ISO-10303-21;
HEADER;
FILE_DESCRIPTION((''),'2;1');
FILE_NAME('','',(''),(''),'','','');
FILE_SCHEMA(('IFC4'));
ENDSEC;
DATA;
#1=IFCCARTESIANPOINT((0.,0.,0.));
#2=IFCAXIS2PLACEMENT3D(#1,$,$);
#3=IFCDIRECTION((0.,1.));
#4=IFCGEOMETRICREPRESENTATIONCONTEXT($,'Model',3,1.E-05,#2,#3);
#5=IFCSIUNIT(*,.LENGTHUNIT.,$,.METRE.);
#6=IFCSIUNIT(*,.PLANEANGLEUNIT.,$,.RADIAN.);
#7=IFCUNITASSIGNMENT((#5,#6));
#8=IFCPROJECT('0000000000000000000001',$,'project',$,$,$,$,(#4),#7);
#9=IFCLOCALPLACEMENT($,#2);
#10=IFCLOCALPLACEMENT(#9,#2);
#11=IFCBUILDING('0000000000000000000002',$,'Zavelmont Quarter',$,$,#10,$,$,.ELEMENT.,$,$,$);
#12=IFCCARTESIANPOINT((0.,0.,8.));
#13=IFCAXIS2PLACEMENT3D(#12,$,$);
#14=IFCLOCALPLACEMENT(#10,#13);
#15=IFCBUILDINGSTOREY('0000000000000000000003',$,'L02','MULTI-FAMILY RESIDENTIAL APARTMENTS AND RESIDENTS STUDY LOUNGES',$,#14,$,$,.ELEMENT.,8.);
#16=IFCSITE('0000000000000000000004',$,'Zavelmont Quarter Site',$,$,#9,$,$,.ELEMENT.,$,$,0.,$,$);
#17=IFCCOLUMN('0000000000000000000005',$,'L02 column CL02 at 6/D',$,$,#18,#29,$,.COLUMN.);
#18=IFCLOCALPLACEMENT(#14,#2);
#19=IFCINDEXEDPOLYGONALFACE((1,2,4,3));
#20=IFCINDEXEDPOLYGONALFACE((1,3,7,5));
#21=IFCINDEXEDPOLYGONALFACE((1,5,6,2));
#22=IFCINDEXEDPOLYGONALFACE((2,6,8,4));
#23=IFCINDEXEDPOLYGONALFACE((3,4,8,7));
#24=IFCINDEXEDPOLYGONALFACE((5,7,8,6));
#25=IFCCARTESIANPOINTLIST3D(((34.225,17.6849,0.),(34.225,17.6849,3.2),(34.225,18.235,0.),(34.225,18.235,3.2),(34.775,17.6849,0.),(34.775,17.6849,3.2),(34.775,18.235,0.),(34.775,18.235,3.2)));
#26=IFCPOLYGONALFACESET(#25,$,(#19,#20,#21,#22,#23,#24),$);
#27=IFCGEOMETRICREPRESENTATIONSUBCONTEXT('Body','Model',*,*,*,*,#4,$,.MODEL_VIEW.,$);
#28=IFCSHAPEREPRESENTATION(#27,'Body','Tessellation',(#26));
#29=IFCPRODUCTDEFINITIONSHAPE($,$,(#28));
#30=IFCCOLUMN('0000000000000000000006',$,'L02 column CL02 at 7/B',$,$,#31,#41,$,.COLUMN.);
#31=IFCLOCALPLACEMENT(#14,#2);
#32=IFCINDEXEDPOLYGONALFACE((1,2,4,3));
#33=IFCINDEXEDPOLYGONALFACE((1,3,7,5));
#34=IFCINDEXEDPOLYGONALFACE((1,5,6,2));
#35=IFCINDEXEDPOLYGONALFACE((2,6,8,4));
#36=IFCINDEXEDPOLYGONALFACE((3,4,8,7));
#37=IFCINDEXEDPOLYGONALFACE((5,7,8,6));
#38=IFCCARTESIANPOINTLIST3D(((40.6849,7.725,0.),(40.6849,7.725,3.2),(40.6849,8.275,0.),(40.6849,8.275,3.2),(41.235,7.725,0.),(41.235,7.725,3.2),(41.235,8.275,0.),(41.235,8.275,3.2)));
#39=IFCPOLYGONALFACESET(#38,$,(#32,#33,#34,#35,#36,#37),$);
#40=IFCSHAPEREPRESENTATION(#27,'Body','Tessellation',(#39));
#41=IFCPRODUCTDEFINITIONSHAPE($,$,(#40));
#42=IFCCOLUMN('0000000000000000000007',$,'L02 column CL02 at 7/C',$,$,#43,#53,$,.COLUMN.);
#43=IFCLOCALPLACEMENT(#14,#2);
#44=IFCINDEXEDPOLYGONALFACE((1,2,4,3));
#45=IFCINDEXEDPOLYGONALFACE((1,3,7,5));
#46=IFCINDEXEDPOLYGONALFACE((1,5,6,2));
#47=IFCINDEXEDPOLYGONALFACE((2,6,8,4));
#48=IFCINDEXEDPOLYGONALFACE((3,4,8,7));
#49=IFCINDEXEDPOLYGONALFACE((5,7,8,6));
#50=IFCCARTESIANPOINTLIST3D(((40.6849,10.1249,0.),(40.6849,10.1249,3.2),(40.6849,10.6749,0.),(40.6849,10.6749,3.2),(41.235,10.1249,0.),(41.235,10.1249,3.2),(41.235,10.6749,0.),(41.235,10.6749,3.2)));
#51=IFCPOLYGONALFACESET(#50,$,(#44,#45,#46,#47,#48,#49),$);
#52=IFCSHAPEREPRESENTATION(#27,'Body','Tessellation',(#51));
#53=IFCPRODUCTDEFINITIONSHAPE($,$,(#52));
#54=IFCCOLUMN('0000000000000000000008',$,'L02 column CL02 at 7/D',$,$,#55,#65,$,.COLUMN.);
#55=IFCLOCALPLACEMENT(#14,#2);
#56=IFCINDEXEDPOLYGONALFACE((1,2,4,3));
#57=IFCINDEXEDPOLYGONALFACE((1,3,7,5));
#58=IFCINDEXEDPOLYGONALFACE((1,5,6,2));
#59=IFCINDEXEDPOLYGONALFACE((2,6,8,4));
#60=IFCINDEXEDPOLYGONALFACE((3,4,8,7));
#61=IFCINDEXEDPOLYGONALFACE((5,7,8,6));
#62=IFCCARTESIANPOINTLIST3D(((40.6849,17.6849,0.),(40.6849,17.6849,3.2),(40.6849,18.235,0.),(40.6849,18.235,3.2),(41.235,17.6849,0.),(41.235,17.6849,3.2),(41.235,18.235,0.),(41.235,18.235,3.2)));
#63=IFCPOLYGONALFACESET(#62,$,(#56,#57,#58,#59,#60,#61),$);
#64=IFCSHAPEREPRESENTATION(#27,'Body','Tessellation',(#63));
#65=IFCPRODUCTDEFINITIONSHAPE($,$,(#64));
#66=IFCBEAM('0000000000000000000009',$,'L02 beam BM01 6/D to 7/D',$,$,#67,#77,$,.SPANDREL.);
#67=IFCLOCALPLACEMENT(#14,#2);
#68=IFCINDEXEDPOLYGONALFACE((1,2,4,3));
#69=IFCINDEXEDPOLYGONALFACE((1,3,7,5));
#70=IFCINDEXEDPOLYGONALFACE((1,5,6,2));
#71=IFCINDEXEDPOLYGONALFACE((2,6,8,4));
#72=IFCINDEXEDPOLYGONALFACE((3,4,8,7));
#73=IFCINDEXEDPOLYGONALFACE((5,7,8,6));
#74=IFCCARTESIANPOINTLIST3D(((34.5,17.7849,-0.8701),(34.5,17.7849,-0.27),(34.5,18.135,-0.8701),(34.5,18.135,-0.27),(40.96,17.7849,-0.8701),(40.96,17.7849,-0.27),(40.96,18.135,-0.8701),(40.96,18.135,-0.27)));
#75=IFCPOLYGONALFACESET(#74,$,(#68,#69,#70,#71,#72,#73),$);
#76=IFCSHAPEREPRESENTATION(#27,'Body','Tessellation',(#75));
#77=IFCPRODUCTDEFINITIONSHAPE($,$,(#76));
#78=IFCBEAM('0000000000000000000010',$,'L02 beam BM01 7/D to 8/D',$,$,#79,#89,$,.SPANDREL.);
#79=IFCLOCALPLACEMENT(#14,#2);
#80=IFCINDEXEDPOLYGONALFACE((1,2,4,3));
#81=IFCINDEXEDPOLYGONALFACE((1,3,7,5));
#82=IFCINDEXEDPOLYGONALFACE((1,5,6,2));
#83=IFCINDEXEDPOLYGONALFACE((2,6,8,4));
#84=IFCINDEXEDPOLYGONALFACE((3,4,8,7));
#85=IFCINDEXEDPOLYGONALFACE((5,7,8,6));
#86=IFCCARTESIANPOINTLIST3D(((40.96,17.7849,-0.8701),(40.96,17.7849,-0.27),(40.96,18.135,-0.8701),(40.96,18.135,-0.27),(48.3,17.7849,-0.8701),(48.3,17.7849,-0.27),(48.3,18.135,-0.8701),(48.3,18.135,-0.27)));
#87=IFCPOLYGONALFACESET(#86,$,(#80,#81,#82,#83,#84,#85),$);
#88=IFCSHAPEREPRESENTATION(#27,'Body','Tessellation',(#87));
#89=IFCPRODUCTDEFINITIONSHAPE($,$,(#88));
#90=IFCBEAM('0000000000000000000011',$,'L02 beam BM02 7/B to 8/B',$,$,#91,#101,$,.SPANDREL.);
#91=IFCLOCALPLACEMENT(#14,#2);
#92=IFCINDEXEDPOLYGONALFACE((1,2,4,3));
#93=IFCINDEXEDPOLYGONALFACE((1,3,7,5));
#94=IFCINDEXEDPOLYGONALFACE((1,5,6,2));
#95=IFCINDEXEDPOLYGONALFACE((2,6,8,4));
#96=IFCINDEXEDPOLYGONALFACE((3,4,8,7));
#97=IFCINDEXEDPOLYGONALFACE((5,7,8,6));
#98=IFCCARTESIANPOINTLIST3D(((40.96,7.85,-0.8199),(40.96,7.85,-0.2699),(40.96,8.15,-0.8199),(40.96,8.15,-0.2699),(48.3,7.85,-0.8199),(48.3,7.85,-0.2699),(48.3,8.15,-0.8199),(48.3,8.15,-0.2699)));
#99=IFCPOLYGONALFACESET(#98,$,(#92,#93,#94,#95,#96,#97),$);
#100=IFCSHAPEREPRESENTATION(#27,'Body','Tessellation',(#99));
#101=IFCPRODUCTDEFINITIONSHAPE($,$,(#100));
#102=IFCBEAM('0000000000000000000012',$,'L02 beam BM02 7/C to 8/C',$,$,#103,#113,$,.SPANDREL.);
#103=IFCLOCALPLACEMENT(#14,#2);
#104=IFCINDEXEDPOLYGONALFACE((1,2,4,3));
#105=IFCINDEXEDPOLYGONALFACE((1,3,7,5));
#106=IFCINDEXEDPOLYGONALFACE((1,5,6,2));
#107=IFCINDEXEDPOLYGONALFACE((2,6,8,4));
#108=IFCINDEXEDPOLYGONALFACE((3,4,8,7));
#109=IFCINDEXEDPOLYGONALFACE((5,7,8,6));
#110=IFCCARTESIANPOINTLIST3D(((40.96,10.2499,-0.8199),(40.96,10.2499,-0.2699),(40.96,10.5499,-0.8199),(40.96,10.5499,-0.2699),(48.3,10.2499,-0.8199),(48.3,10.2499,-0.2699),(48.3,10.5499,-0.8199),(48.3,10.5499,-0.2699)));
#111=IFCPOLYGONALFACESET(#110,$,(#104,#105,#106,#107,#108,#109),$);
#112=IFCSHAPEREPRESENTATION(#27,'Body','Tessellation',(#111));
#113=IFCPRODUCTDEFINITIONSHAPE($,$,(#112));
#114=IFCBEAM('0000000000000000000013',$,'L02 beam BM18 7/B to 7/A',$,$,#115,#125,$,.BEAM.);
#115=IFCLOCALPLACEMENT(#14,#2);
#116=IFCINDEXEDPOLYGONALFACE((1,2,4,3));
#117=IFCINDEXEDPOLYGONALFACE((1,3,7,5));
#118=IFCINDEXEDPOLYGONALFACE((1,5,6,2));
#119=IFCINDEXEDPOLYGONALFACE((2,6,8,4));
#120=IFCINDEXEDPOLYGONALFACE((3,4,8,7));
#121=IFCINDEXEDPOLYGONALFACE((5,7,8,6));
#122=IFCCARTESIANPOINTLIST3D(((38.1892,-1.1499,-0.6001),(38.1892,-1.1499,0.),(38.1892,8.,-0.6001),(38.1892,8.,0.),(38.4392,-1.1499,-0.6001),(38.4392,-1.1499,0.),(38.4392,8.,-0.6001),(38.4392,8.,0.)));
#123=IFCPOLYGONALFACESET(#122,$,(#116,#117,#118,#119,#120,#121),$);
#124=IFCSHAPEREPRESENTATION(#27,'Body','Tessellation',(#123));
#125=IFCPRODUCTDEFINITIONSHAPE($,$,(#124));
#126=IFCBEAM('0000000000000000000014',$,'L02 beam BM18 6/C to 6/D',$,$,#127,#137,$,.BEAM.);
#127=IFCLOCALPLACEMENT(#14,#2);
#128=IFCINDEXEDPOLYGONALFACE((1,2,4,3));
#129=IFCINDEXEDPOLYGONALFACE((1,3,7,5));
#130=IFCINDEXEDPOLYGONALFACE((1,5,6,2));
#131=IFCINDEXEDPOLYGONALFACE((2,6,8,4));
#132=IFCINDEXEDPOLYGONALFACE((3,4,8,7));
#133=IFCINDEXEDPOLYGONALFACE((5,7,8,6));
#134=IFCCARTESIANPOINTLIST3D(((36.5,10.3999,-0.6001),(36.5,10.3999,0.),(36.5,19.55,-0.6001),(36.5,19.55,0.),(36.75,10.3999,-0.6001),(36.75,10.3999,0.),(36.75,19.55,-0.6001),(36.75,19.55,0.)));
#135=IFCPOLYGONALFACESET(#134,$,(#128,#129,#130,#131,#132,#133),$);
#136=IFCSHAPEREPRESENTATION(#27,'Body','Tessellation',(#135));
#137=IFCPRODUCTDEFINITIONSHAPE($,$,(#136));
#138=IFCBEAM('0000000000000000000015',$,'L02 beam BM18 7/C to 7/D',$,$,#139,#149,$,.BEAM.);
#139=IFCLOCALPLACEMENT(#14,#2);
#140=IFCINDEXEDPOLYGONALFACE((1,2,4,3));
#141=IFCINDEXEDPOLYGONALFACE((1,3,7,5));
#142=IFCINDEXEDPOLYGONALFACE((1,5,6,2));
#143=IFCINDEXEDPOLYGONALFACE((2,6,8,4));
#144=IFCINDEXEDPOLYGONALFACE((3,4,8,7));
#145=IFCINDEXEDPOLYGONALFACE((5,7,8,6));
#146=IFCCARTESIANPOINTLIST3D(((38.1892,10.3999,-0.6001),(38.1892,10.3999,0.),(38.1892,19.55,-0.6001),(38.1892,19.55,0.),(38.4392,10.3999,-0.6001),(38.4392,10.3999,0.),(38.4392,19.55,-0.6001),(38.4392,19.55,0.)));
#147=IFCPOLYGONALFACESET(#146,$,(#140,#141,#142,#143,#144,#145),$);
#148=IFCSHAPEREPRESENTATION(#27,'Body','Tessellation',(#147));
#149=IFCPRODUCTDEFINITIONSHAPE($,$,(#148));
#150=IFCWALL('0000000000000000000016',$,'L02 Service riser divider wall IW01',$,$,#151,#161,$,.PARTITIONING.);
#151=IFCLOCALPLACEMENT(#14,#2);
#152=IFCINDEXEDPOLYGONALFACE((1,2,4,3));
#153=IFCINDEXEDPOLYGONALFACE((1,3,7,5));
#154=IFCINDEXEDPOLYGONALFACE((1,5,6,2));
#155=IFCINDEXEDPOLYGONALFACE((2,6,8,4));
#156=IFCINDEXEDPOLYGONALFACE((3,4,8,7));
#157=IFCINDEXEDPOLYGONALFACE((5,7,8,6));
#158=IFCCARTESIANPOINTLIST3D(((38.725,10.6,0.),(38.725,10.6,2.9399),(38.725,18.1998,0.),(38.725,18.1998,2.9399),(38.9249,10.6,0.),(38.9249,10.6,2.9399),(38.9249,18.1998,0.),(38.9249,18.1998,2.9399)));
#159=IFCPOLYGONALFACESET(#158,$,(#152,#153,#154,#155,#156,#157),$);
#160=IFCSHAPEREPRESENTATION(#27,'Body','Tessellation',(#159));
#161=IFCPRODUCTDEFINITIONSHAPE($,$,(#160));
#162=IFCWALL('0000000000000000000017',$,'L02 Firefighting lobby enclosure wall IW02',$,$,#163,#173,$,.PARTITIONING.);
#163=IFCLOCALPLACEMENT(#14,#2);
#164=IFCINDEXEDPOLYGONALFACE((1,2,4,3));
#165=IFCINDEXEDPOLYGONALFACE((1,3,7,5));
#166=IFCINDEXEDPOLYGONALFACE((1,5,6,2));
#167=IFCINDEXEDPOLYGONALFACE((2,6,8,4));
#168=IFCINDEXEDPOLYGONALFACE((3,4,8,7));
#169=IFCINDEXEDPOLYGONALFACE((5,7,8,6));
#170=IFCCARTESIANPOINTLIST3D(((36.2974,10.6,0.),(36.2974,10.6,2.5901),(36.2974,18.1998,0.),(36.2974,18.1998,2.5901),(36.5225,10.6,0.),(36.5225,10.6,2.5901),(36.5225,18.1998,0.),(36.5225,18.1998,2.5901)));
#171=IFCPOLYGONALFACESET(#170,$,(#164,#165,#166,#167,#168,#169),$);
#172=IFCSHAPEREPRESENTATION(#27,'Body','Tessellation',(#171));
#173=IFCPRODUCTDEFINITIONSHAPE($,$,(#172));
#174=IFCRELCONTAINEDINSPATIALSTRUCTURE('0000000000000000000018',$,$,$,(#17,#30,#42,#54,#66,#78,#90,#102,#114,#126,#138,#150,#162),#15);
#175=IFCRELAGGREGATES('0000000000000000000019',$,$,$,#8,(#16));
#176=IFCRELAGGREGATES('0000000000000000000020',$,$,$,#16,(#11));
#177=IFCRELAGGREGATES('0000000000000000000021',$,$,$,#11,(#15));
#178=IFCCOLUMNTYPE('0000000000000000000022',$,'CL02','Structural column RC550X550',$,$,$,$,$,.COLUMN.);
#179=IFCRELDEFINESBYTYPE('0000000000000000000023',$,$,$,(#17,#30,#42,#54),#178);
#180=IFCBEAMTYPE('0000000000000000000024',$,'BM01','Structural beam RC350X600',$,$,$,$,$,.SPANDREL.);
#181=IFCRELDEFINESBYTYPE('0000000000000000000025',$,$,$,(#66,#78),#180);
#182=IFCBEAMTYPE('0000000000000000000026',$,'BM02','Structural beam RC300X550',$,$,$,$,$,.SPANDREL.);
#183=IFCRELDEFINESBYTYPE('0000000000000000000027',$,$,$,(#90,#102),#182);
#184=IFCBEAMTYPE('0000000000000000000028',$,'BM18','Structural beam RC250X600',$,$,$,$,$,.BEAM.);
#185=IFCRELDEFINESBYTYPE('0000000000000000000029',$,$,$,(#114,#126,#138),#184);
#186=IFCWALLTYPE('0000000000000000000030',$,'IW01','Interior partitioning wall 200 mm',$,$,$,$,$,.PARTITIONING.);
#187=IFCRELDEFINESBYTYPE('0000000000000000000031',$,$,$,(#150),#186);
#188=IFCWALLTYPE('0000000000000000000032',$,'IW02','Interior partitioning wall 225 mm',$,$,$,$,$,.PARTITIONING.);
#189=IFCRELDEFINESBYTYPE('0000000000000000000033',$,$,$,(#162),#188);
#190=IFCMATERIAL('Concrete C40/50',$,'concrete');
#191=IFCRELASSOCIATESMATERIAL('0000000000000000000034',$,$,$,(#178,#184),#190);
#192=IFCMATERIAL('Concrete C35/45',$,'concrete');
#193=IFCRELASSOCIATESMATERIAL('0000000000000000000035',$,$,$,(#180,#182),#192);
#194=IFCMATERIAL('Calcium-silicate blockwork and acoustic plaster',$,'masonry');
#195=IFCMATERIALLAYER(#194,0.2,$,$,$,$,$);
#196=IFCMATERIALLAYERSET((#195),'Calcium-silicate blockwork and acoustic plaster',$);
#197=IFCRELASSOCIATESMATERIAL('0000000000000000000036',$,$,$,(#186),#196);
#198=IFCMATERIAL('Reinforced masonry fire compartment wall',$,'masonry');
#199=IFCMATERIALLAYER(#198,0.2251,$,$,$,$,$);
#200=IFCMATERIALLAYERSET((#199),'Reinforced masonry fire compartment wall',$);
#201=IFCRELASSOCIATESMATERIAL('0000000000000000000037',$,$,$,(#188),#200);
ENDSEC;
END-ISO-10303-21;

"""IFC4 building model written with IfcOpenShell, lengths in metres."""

from ifc_helpers import new_model, si_unit, direction, frame, frame_2d, origin, origin_2d, place, context, subcontext, project, spatial, rectangle, extrude, material, layer, layer_set, material_profile, profile_set, type_object, element, save


model = new_model("IFC4")

# Units and contexts
model_context = context("Model", 3, precision=1e-05, world=origin(), true_north=direction((0.0, 1.0)))
body_context = subcontext(model_context, "Body", "Model", "MODEL_VIEW")
ifc_project = project(units=[si_unit("LENGTHUNIT", "METRE"), si_unit("PLANEANGLEUNIT", "RADIAN")], contexts=[model_context])

# Site, building, storey
site_placement = place(None, origin())
site = spatial("IfcSite", under=ifc_project, at=site_placement, Name="Zavelmont Quarter Site", CompositionType="ELEMENT", RefElevation=0.0)
building_placement = place(site_placement, origin())
building = spatial("IfcBuilding", under=site, at=building_placement, Name="Zavelmont Quarter", CompositionType="ELEMENT")
storey_placement = place(building_placement, frame((0.0, 0.0, 8.0)))
storey = spatial("IfcBuildingStorey", under=building, at=storey_placement, Name="L02", Description="MULTI-FAMILY RESIDENTIAL APARTMENTS AND RESIDENTS STUDY LOUNGES", CompositionType="ELEMENT", Elevation=8.0)

# Columns
ifc_material_1 = material(Name="Concrete C40/50", Category="concrete")
ifc_material_profile_1 = material_profile(ifc_material_1, rectangle(XDim=0.55, YDim=0.55, at=origin_2d()), Name="RC550X550")
ifc_profile_set_1 = profile_set([ifc_material_profile_1], Name="Concrete C40/50")
column_type = type_object("IfcColumnType", Name="CL02", Description="Structural column RC550X550", PredefinedType="COLUMN", material=ifc_profile_set_1)
for number, where, z_axis, x_axis, name in (
    (1, (34.5, 17.96, 0.0), (0.0, 0.0, 1.0), (1.0, 0.0, 0.0), "L02 column CL02 at 6/D"),
    (2, (40.96, 8.0, 0.0), (0.0, 0.0, 1.0), (1.0, 0.0, 0.0), "L02 column CL02 at 7/B"),
    (3, (40.96, 10.3999, 0.0), (0.0, 0.0, 1.0), (1.0, 0.0, 0.0), "L02 column CL02 at 7/C"),
    (4, (40.96, 17.96, 0.0), (0.0, 0.0, 1.0), (1.0, 0.0, 0.0), "L02 column CL02 at 7/D"),
):
    element("IfcColumn", number, at=place(storey_placement, frame(where, z_axis=z_axis, x_axis=x_axis)), inside=storey, type_object=column_type, Name=name, PredefinedType="COLUMN", context=body_context, shape_type="SweptSolid", body=[
        extrude(rectangle(XDim=0.55, YDim=0.55, at=origin_2d()), origin(), (0.0, 0.0, 1.0), 3.2),
    ])

# Beams
ifc_material_2 = material(Name="Concrete C35/45", Category="concrete")
ifc_material_profile_2 = material_profile(ifc_material_2, rectangle(XDim=0.3501, YDim=0.6001, at=origin_2d()), Name="RC350X600")
ifc_profile_set_2 = profile_set([ifc_material_profile_2], Name="Concrete C35/45")
beam_type_1 = type_object("IfcBeamType", Name="BM01", Description="Structural beam RC350X600", PredefinedType="SPANDREL", material=ifc_profile_set_2)
beam_1_placement = place(storey_placement, frame((34.5, 17.96, -0.5701), z_axis=(1.0, 0.0, 0.0), x_axis=(0.0, 1.0, 0.0)))
element("IfcBeam", 5, at=beam_1_placement, inside=storey, type_object=beam_type_1, Name="L02 beam BM01 6/D to 7/D", PredefinedType="SPANDREL", context=body_context, shape_type="SweptSolid", body=[
    extrude(rectangle(XDim=0.3501, YDim=0.6001, at=origin_2d()), origin(), (0.0, 0.0, 1.0), 6.46),
])
beam_2_placement = place(storey_placement, frame((40.96, 17.96, -0.5701), z_axis=(1.0, 0.0, 0.0), x_axis=(0.0, 1.0, 0.0)))
element("IfcBeam", 6, at=beam_2_placement, inside=storey, type_object=beam_type_1, Name="L02 beam BM01 7/D to 8/D", PredefinedType="SPANDREL", context=body_context, shape_type="SweptSolid", body=[
    extrude(rectangle(XDim=0.3501, YDim=0.6001, at=origin_2d()), origin(), (0.0, 0.0, 1.0), 7.3401),
])
ifc_material_profile_3 = material_profile(ifc_material_2, rectangle(XDim=0.3, YDim=0.55, at=origin_2d()), Name="RC300X550")
ifc_profile_set_3 = profile_set([ifc_material_profile_3], Name="Concrete C35/45")
beam_type_2 = type_object("IfcBeamType", Name="BM02", Description="Structural beam RC300X550", PredefinedType="SPANDREL", material=ifc_profile_set_3)
for number, where, z_axis, x_axis, name in (
    (7, (40.96, 8.0, -0.5449), (1.0, 0.0, 0.0), (0.0, 1.0, 0.0), "L02 beam BM02 7/B to 8/B"),
    (8, (40.96, 10.3999, -0.5449), (1.0, 0.0, 0.0), (0.0, 1.0, 0.0), "L02 beam BM02 7/C to 8/C"),
):
    element("IfcBeam", number, at=place(storey_placement, frame(where, z_axis=z_axis, x_axis=x_axis)), inside=storey, type_object=beam_type_2, Name=name, PredefinedType="SPANDREL", context=body_context, shape_type="SweptSolid", body=[
        extrude(rectangle(XDim=0.3, YDim=0.55, at=origin_2d()), origin(), (0.0, 0.0, 1.0), 7.3401),
    ])
ifc_material_profile_4 = material_profile(ifc_material_1, rectangle(XDim=0.25, YDim=0.6001, at=origin_2d()), Name="RC250X600")
ifc_profile_set_4 = profile_set([ifc_material_profile_4], Name="Concrete C40/50")
beam_type_3 = type_object("IfcBeamType", Name="BM18", Description="Structural beam RC250X600", PredefinedType="BEAM", material=ifc_profile_set_4)
beam_3_placement = place(storey_placement, frame((38.3142, 8.0, -0.3), z_axis=(0.0, -1.0, 0.0), x_axis=(1.0, 0.0, 0.0)))
element("IfcBeam", 9, at=beam_3_placement, inside=storey, type_object=beam_type_3, Name="L02 beam BM18 7/B to 7/A", PredefinedType="BEAM", context=body_context, shape_type="SweptSolid", body=[
    extrude(rectangle(XDim=0.25, YDim=0.6001, at=origin_2d()), origin(), (0.0, 0.0, 1.0), 9.1499),
])
for number, where, z_axis, x_axis, name in (
    (10, (36.625, 10.3999, -0.3), (0.0, 1.0, 0.0), (-1.0, 0.0, 0.0), "L02 beam BM18 6/C to 6/D"),
    (11, (38.3142, 10.3999, -0.3), (0.0, 1.0, 0.0), (-1.0, 0.0, 0.0), "L02 beam BM18 7/C to 7/D"),
):
    element("IfcBeam", number, at=place(storey_placement, frame(where, z_axis=z_axis, x_axis=x_axis)), inside=storey, type_object=beam_type_3, Name=name, PredefinedType="BEAM", context=body_context, shape_type="SweptSolid", body=[
        extrude(rectangle(XDim=0.25, YDim=0.6001, at=origin_2d()), origin(), (0.0, 0.0, 1.0), 9.1501),
    ])

# Walls
ifc_material_3 = material(Name="Calcium-silicate blockwork and acoustic plaster", Category="masonry")
ifc_layer_1 = layer(ifc_material_3, 0.2)
ifc_layer_set_1 = layer_set([ifc_layer_1], Name="Calcium-silicate blockwork and acoustic plaster")
wall_type_1 = type_object("IfcWallType", Name="IW01", Description="Interior partitioning wall 200 mm", PredefinedType="PARTITIONING", material=ifc_layer_set_1)
wall_1_placement = place(storey_placement, frame((38.825, 10.6001, 0.0), z_axis=(0.0, 0.0, 1.0), x_axis=(0.0, 1.0, 0.0)))
element("IfcWall", 12, at=wall_1_placement, inside=storey, type_object=wall_type_1, Name="L02 Service riser divider wall IW01", PredefinedType="PARTITIONING", context=body_context, shape_type="SweptSolid", body=[
    extrude(rectangle(XDim=7.5999, YDim=0.2, at=frame_2d((3.7998, 0.0))), origin(), (0.0, 0.0, 1.0), 2.9399),
])
ifc_material_4 = material(Name="Reinforced masonry fire compartment wall", Category="masonry")
ifc_layer_2 = layer(ifc_material_4, 0.2251)
ifc_layer_set_2 = layer_set([ifc_layer_2], Name="Reinforced masonry fire compartment wall")
wall_type_2 = type_object("IfcWallType", Name="IW02", Description="Interior partitioning wall 225 mm", PredefinedType="PARTITIONING", material=ifc_layer_set_2)
wall_2_placement = place(storey_placement, frame((36.4099, 10.6001, 0.0), z_axis=(0.0, 0.0, 1.0), x_axis=(0.0, 1.0, 0.0)))
element("IfcWall", 13, at=wall_2_placement, inside=storey, type_object=wall_type_2, Name="L02 Firefighting lobby enclosure wall IW02", PredefinedType="PARTITIONING", context=body_context, shape_type="SweptSolid", body=[
    extrude(rectangle(XDim=7.5999, YDim=0.2251, at=frame_2d((3.7998, 0.0))), origin(), (0.0, 0.0, 1.0), 2.5901),
])

save(model, "model.ifc")
